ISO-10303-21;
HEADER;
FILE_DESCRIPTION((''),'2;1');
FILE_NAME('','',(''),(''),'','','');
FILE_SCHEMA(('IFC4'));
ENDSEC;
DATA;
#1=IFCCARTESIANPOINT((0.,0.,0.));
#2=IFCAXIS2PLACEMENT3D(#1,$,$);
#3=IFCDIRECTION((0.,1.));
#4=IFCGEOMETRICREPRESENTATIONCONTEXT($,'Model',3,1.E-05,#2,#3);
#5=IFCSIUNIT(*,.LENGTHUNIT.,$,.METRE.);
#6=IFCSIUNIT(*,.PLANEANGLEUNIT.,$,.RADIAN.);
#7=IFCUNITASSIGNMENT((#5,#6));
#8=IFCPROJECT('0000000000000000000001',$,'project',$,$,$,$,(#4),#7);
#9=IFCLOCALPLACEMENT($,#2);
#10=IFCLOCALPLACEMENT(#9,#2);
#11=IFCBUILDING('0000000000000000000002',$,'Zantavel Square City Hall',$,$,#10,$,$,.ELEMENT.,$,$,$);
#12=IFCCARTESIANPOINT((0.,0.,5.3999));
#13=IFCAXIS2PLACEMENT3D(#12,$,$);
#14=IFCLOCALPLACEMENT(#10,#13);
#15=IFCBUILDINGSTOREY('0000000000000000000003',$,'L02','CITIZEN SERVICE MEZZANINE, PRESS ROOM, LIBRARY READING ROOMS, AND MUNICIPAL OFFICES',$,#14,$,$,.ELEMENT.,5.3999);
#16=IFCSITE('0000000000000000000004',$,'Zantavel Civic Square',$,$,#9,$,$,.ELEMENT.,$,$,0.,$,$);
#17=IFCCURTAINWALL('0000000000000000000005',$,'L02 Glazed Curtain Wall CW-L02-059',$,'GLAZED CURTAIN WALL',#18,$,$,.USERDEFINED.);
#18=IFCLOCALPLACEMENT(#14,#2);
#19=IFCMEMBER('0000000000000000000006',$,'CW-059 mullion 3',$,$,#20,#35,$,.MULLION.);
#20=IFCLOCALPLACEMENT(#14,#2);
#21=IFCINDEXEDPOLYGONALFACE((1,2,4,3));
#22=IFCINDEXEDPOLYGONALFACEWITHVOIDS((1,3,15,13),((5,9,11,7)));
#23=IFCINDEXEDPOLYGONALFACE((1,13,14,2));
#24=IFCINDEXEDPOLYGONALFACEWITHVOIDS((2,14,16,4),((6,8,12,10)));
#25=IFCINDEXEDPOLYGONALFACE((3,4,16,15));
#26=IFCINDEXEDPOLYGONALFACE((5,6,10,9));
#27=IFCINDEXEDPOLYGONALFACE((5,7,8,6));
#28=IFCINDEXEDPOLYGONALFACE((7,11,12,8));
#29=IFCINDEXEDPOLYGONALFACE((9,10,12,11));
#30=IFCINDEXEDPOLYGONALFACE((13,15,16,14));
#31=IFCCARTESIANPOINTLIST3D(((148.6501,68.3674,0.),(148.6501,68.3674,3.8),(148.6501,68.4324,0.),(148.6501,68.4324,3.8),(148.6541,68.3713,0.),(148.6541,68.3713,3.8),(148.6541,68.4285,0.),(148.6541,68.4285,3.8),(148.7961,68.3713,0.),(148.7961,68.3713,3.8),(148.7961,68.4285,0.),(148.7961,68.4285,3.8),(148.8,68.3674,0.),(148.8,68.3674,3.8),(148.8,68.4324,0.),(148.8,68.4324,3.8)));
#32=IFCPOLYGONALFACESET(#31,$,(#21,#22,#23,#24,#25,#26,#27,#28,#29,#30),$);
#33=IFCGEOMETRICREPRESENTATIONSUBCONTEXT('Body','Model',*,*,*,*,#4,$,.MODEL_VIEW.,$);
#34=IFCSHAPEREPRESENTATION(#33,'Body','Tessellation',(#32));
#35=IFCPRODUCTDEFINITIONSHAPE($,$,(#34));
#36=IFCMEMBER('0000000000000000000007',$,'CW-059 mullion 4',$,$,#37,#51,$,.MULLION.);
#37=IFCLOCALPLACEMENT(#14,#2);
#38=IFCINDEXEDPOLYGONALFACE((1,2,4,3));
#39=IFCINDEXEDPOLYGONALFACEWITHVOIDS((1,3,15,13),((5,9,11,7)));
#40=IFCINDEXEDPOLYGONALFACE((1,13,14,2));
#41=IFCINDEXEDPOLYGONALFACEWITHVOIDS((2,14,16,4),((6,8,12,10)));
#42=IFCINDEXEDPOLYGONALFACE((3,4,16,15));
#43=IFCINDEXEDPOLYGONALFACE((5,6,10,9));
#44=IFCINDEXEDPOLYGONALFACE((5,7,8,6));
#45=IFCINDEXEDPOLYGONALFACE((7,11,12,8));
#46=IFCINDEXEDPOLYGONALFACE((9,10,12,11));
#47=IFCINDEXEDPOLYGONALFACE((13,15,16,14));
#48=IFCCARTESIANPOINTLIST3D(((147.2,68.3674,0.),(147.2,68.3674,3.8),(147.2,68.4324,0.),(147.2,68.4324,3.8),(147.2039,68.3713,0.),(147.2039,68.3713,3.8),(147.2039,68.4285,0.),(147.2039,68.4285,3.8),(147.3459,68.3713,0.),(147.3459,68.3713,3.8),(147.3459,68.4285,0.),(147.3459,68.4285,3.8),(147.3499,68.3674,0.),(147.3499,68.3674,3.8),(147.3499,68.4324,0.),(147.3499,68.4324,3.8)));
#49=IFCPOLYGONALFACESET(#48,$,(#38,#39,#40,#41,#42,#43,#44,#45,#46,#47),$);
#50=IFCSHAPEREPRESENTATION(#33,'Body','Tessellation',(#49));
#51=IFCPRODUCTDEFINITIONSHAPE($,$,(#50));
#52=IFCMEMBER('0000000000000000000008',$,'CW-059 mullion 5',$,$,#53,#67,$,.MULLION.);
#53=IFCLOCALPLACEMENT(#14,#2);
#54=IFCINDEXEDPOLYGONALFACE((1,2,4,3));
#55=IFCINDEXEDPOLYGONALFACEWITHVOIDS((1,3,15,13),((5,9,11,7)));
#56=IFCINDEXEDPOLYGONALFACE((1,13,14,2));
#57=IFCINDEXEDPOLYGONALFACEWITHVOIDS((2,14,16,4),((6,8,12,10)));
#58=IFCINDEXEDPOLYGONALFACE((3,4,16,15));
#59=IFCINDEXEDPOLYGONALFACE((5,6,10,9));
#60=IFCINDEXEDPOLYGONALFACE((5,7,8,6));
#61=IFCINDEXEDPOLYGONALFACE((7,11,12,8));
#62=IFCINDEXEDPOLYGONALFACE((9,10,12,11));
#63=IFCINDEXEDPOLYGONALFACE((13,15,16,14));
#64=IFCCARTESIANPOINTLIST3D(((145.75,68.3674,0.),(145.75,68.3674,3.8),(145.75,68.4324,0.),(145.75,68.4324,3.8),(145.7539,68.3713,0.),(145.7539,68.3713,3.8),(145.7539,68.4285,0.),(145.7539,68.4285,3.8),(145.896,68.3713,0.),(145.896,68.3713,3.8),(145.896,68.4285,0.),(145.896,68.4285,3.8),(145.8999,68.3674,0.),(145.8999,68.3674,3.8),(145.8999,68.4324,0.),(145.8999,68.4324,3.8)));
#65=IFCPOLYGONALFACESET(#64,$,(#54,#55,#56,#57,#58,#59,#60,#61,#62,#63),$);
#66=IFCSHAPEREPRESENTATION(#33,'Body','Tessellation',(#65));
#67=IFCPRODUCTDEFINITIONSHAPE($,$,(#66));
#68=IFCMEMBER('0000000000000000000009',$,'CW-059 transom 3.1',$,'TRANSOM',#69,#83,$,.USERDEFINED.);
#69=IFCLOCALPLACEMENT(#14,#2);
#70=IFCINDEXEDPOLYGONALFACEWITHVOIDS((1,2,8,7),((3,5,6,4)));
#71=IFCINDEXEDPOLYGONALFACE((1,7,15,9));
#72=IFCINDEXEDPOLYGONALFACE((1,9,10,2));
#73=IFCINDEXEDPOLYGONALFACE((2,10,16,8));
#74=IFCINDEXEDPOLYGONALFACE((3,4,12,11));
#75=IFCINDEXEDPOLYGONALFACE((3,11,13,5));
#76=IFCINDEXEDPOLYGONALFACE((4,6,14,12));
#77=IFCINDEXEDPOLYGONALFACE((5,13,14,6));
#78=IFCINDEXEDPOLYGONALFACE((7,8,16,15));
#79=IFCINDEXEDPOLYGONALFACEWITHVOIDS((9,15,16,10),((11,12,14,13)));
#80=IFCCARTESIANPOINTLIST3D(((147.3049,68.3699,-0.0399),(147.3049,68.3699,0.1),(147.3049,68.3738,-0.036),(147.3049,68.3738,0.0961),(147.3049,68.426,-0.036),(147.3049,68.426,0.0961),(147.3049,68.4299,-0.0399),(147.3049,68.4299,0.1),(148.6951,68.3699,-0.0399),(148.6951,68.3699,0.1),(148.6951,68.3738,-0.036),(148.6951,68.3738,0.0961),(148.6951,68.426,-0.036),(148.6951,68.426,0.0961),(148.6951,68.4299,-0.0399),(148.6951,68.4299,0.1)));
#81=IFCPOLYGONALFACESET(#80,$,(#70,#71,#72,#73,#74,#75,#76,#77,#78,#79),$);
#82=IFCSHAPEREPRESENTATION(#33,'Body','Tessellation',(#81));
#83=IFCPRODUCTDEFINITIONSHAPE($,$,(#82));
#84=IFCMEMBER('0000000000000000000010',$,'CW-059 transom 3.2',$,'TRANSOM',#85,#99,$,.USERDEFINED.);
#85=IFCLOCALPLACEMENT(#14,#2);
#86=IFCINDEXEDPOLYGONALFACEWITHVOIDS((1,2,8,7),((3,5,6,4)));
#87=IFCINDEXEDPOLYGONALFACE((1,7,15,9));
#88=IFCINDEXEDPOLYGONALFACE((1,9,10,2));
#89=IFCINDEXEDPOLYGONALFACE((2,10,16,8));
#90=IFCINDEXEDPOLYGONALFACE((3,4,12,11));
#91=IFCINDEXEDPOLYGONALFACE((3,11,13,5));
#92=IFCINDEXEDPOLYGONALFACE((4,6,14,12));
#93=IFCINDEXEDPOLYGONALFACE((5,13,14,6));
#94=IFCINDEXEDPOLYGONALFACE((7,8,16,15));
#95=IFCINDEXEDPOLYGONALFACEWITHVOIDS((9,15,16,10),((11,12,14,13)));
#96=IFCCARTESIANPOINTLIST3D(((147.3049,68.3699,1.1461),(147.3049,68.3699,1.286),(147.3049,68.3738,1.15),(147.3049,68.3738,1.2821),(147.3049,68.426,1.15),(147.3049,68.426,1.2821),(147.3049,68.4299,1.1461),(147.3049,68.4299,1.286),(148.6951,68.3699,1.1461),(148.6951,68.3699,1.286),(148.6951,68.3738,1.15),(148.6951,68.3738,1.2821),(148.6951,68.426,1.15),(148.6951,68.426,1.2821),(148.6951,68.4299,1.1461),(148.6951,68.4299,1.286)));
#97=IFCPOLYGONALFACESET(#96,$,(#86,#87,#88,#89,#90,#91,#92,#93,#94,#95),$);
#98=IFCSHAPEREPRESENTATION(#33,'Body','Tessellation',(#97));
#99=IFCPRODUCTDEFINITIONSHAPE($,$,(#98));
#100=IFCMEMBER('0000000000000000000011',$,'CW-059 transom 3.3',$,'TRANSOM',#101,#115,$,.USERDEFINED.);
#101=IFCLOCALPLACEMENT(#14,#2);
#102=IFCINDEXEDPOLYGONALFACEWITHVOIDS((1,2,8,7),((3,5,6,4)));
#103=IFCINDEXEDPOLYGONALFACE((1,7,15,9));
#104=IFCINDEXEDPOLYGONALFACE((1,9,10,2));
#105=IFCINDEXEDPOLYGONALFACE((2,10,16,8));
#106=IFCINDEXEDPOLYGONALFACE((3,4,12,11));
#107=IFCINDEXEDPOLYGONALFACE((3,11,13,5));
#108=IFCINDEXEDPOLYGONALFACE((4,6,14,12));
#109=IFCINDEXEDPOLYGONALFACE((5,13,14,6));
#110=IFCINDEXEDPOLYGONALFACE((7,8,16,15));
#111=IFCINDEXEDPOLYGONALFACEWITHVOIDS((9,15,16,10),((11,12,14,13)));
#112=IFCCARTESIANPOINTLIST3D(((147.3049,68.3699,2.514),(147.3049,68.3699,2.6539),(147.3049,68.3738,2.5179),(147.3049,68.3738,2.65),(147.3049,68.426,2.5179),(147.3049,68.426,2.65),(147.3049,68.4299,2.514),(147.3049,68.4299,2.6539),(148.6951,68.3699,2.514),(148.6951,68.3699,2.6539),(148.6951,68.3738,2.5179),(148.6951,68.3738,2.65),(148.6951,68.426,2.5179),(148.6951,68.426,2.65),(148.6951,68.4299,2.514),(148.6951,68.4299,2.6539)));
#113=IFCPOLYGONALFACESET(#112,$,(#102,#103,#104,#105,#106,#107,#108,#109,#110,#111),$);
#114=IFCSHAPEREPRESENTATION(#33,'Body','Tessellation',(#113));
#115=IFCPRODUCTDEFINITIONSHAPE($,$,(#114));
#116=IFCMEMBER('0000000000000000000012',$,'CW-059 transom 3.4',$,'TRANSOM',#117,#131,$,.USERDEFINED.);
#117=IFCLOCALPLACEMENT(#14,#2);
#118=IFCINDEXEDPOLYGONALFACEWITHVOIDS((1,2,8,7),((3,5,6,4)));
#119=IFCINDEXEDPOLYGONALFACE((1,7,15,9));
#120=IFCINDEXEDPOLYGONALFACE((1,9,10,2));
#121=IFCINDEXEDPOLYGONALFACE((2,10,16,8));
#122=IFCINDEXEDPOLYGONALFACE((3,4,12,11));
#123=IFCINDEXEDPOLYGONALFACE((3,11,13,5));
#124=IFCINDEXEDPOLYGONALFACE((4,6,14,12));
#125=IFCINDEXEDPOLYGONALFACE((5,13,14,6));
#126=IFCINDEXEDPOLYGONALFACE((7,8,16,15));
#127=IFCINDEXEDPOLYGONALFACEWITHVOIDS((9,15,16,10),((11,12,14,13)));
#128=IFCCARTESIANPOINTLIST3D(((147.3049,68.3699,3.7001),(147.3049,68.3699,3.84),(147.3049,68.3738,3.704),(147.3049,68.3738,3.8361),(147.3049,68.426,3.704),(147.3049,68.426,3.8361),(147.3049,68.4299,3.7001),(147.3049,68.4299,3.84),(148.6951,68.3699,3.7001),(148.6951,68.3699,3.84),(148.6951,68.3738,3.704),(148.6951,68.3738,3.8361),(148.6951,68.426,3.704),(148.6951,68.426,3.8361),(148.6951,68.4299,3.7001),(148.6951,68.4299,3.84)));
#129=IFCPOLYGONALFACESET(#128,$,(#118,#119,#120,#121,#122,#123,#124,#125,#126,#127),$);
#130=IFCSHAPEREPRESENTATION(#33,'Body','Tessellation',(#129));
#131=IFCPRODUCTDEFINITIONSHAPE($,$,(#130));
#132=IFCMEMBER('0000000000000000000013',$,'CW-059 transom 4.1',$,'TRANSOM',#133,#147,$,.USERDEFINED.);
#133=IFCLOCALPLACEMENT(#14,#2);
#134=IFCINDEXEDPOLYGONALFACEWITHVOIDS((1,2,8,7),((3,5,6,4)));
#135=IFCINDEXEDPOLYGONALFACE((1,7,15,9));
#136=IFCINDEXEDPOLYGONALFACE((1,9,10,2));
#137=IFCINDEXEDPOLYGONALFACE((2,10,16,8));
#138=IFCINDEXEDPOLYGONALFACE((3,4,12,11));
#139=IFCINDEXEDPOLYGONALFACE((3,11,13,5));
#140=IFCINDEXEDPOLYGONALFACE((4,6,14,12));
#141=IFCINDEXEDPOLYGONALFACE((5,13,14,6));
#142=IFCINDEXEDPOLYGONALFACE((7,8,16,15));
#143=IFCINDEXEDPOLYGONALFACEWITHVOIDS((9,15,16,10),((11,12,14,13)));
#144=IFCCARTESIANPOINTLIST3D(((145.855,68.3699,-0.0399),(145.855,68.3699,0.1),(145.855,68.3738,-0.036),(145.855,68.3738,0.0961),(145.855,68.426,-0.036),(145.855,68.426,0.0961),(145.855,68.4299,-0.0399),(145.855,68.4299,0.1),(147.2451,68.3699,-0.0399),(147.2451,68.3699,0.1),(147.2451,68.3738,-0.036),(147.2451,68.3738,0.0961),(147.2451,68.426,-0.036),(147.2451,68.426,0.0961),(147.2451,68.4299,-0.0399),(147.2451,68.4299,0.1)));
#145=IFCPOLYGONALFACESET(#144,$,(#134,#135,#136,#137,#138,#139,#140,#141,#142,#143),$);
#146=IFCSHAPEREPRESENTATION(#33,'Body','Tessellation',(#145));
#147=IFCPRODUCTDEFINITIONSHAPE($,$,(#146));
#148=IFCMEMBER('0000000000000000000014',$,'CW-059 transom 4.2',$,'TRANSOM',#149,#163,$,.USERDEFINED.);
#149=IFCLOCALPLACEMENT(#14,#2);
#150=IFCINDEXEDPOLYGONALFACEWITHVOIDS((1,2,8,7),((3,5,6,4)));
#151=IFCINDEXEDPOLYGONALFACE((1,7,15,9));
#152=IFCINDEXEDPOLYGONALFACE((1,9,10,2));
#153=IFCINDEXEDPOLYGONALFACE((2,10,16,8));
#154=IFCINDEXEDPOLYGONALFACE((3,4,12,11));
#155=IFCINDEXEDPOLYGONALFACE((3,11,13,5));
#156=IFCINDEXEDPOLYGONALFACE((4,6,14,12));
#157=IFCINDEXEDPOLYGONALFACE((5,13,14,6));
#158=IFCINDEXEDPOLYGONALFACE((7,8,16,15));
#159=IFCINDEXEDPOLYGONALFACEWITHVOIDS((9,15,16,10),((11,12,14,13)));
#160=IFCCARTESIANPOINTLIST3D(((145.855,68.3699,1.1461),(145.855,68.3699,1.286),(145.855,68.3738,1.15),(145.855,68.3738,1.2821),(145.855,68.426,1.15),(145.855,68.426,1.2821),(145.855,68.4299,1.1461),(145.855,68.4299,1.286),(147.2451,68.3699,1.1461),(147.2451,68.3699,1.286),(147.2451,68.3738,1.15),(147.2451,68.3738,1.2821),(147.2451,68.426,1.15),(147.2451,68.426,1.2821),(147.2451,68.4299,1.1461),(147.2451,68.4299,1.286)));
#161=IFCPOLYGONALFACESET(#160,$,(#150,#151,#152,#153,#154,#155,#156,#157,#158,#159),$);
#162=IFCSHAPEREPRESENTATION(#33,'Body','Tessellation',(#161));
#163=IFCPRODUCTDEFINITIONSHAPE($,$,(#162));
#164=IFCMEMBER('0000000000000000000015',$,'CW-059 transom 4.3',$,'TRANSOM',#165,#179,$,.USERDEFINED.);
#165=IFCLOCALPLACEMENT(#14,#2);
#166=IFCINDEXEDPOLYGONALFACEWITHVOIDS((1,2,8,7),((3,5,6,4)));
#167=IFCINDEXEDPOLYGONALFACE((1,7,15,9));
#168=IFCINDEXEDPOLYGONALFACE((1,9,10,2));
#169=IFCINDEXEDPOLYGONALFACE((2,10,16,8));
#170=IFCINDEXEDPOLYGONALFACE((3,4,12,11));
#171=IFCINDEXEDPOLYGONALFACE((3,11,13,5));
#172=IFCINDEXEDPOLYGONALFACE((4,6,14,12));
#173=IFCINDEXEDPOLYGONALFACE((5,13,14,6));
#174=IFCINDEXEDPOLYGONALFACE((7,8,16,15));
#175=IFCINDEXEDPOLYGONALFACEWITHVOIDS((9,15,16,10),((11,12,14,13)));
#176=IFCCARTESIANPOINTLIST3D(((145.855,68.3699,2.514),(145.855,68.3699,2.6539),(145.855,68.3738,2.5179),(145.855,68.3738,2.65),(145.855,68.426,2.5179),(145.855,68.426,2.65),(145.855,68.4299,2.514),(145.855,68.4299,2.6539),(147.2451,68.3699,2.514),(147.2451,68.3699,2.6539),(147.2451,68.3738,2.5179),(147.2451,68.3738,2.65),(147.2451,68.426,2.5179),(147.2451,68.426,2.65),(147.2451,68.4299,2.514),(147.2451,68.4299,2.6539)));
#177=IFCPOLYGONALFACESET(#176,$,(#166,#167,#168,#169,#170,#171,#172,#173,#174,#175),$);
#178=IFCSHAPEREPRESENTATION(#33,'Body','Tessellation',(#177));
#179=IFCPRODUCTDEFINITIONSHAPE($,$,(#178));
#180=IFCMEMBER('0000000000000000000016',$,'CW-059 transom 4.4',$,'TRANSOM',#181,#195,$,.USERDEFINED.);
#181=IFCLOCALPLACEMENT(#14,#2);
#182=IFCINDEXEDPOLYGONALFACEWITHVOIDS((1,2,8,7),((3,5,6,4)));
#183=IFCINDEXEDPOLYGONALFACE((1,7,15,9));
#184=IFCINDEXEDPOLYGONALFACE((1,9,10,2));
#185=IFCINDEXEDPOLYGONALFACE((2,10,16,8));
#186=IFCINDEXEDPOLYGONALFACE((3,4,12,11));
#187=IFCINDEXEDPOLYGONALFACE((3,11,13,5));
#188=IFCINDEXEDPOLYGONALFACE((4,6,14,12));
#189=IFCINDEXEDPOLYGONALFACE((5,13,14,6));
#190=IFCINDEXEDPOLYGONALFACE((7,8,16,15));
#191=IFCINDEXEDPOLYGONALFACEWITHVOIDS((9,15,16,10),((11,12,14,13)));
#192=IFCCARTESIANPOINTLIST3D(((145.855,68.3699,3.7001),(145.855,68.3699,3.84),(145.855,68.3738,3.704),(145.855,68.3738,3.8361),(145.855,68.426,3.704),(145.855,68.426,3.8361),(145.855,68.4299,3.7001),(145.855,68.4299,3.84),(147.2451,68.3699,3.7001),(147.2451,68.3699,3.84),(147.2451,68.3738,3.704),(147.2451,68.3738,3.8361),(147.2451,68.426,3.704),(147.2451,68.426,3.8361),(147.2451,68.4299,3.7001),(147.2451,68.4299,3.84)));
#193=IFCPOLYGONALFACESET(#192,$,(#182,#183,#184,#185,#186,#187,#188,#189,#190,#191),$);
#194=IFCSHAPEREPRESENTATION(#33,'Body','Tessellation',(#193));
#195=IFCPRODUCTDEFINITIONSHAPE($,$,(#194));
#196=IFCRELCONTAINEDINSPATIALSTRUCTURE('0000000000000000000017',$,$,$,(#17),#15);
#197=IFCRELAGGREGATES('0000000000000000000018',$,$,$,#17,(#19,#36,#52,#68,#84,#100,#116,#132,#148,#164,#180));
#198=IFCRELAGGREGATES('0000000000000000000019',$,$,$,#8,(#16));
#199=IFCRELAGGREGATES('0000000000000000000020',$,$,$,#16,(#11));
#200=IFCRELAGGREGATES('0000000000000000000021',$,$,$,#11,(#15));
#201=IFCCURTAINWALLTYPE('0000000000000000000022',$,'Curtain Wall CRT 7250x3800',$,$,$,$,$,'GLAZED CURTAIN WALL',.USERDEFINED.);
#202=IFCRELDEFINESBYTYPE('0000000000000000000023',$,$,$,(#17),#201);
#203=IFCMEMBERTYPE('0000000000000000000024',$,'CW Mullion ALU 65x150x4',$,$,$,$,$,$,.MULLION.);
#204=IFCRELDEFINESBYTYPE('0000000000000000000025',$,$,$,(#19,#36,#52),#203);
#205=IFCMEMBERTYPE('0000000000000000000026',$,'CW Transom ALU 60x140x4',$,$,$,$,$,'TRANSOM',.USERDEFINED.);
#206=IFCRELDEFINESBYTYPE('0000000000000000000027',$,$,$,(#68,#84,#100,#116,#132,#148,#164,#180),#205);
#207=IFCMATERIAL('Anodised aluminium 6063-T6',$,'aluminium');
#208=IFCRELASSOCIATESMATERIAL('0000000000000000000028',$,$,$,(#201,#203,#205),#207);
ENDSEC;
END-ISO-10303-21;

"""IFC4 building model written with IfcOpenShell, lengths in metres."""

from ifc_helpers import new_model, si_unit, direction, frame, origin, origin_2d, place, context, subcontext, project, spatial, hollow_rectangle, extrude, material, material_profile, profile_set, type_object, element, aggregate, save


model = new_model("IFC4")

# Units and contexts
model_context = context("Model", 3, precision=1e-05, world=origin(), true_north=direction((0.0, 1.0)))
body_context = subcontext(model_context, "Body", "Model", "MODEL_VIEW")
ifc_project = project(units=[si_unit("LENGTHUNIT", "METRE"), si_unit("PLANEANGLEUNIT", "RADIAN")], contexts=[model_context])

# Site, building, storey
site_placement = place(None, origin())
site = spatial("IfcSite", under=ifc_project, at=site_placement, Name="Zantavel Civic Square", CompositionType="ELEMENT", RefElevation=0.0)
building_placement = place(site_placement, origin())
building = spatial("IfcBuilding", under=site, at=building_placement, Name="Zantavel Square City Hall", CompositionType="ELEMENT")
storey_placement = place(building_placement, frame((0.0, 0.0, 5.3999)))
storey = spatial("IfcBuildingStorey", under=building, at=storey_placement, Name="L02", Description="CITIZEN SERVICE MEZZANINE, PRESS ROOM, LIBRARY READING ROOMS, AND MUNICIPAL OFFICES", CompositionType="ELEMENT", Elevation=5.3999)

# Curtain wall, members
ifc_material_1 = material(Name="Anodised aluminium 6063-T6", Category="aluminium")
curtain_wall_type = type_object("IfcCurtainWallType", Name="Curtain Wall CRT 7250x3800", ElementType="GLAZED CURTAIN WALL", PredefinedType="USERDEFINED", material=ifc_material_1)
curtain_wall_placement = place(storey_placement, origin())
curtain_wall = element("IfcCurtainWall", 1, at=curtain_wall_placement, inside=storey, type_object=curtain_wall_type, Name="L02 Glazed Curtain Wall CW-L02-059", ObjectType="GLAZED CURTAIN WALL", PredefinedType="USERDEFINED")
ifc_material_profile_1 = material_profile(ifc_material_1, hollow_rectangle(XDim=0.0649, YDim=0.1499, WallThickness=0.0039, at=origin_2d()), Name="ALU 65x150x4")
ifc_profile_set_1 = profile_set([ifc_material_profile_1], Name="Anodised aluminium 6063-T6")
member_type_1 = type_object("IfcMemberType", Name="CW Mullion ALU 65x150x4", PredefinedType="MULLION", material=ifc_profile_set_1)
member_1_placement = place(storey_placement, frame((148.7251, 68.3999, 0.0), z_axis=(0.0, 0.0, 1.0), x_axis=(0.0, -1.0, 0.0)))
member_1 = element("IfcMember", 2, at=member_1_placement, type_object=member_type_1, Name="CW-059 mullion 3", PredefinedType="MULLION", context=body_context, shape_type="SweptSolid", body=[
    extrude(hollow_rectangle(XDim=0.0649, YDim=0.1499, WallThickness=0.0039, at=origin_2d()), origin(), (0.0, 0.0, 1.0), 3.8),
])
member_2_placement = place(storey_placement, frame((147.2749, 68.3999, 0.0), z_axis=(0.0, 0.0, 1.0), x_axis=(0.0, -1.0, 0.0)))
member_2 = element("IfcMember", 3, at=member_2_placement, type_object=member_type_1, Name="CW-059 mullion 4", PredefinedType="MULLION", context=body_context, shape_type="SweptSolid", body=[
    extrude(hollow_rectangle(XDim=0.0649, YDim=0.1499, WallThickness=0.0039, at=origin_2d()), origin(), (0.0, 0.0, 1.0), 3.8),
])
member_3_placement = place(storey_placement, frame((145.825, 68.3999, 0.0), z_axis=(0.0, 0.0, 1.0), x_axis=(0.0, -1.0, 0.0)))
member_3 = element("IfcMember", 4, at=member_3_placement, type_object=member_type_1, Name="CW-059 mullion 5", PredefinedType="MULLION", context=body_context, shape_type="SweptSolid", body=[
    extrude(hollow_rectangle(XDim=0.0649, YDim=0.1499, WallThickness=0.0039, at=origin_2d()), origin(), (0.0, 0.0, 1.0), 3.8),
])
ifc_material_profile_2 = material_profile(ifc_material_1, hollow_rectangle(XDim=0.0601, YDim=0.1399, WallThickness=0.0039, at=origin_2d()), Name="ALU 60x140x4")
ifc_profile_set_2 = profile_set([ifc_material_profile_2], Name="Anodised aluminium 6063-T6")
member_type_2 = type_object("IfcMemberType", Name="CW Transom ALU 60x140x4", ElementType="TRANSOM", PredefinedType="USERDEFINED", material=ifc_profile_set_2)
member_4_placement = place(storey_placement, frame((148.6951, 68.3999, 0.03), z_axis=(-1.0, 0.0, 0.0), x_axis=(0.0, -1.0, 0.0)))
member_4 = element("IfcMember", 5, at=member_4_placement, type_object=member_type_2, Name="CW-059 transom 3.1", ObjectType="TRANSOM", PredefinedType="USERDEFINED", context=body_context, shape_type="SweptSolid", body=[
    extrude(hollow_rectangle(XDim=0.0601, YDim=0.1399, WallThickness=0.0039, at=origin_2d()), origin(), (0.0, 0.0, 1.0), 1.3901),
])
member_5_placement = place(storey_placement, frame((148.6951, 68.3999, 1.2161), z_axis=(-1.0, 0.0, 0.0), x_axis=(0.0, -1.0, 0.0)))
member_5 = element("IfcMember", 6, at=member_5_placement, type_object=member_type_2, Name="CW-059 transom 3.2", ObjectType="TRANSOM", PredefinedType="USERDEFINED", context=body_context, shape_type="SweptSolid", body=[
    extrude(hollow_rectangle(XDim=0.0601, YDim=0.1399, WallThickness=0.0039, at=origin_2d()), origin(), (0.0, 0.0, 1.0), 1.3901),
])
member_6_placement = place(storey_placement, frame((148.6951, 68.3999, 2.584), z_axis=(-1.0, 0.0, 0.0), x_axis=(0.0, -1.0, 0.0)))
member_6 = element("IfcMember", 7, at=member_6_placement, type_object=member_type_2, Name="CW-059 transom 3.3", ObjectType="TRANSOM", PredefinedType="USERDEFINED", context=body_context, shape_type="SweptSolid", body=[
    extrude(hollow_rectangle(XDim=0.0601, YDim=0.1399, WallThickness=0.0039, at=origin_2d()), origin(), (0.0, 0.0, 1.0), 1.3901),
])
member_7_placement = place(storey_placement, frame((148.6951, 68.3999, 3.77), z_axis=(-1.0, 0.0, 0.0), x_axis=(0.0, -1.0, 0.0)))
member_7 = element("IfcMember", 8, at=member_7_placement, type_object=member_type_2, Name="CW-059 transom 3.4", ObjectType="TRANSOM", PredefinedType="USERDEFINED", context=body_context, shape_type="SweptSolid", body=[
    extrude(hollow_rectangle(XDim=0.0601, YDim=0.1399, WallThickness=0.0039, at=origin_2d()), origin(), (0.0, 0.0, 1.0), 1.3901),
])
member_8_placement = place(storey_placement, frame((147.2451, 68.3999, 0.03), z_axis=(-1.0, 0.0, 0.0), x_axis=(0.0, -1.0, 0.0)))
member_8 = element("IfcMember", 9, at=member_8_placement, type_object=member_type_2, Name="CW-059 transom 4.1", ObjectType="TRANSOM", PredefinedType="USERDEFINED", context=body_context, shape_type="SweptSolid", body=[
    extrude(hollow_rectangle(XDim=0.0601, YDim=0.1399, WallThickness=0.0039, at=origin_2d()), origin(), (0.0, 0.0, 1.0), 1.3901),
])
member_9_placement = place(storey_placement, frame((147.2451, 68.3999, 1.2161), z_axis=(-1.0, 0.0, 0.0), x_axis=(0.0, -1.0, 0.0)))
member_9 = element("IfcMember", 10, at=member_9_placement, type_object=member_type_2, Name="CW-059 transom 4.2", ObjectType="TRANSOM", PredefinedType="USERDEFINED", context=body_context, shape_type="SweptSolid", body=[
    extrude(hollow_rectangle(XDim=0.0601, YDim=0.1399, WallThickness=0.0039, at=origin_2d()), origin(), (0.0, 0.0, 1.0), 1.3901),
])
member_10_placement = place(storey_placement, frame((147.2451, 68.3999, 2.584), z_axis=(-1.0, 0.0, 0.0), x_axis=(0.0, -1.0, 0.0)))
member_10 = element("IfcMember", 11, at=member_10_placement, type_object=member_type_2, Name="CW-059 transom 4.3", ObjectType="TRANSOM", PredefinedType="USERDEFINED", context=body_context, shape_type="SweptSolid", body=[
    extrude(hollow_rectangle(XDim=0.0601, YDim=0.1399, WallThickness=0.0039, at=origin_2d()), origin(), (0.0, 0.0, 1.0), 1.3901),
])
member_11_placement = place(storey_placement, frame((147.2451, 68.3999, 3.77), z_axis=(-1.0, 0.0, 0.0), x_axis=(0.0, -1.0, 0.0)))
member_11 = element("IfcMember", 12, at=member_11_placement, type_object=member_type_2, Name="CW-059 transom 4.4", ObjectType="TRANSOM", PredefinedType="USERDEFINED", context=body_context, shape_type="SweptSolid", body=[
    extrude(hollow_rectangle(XDim=0.0601, YDim=0.1399, WallThickness=0.0039, at=origin_2d()), origin(), (0.0, 0.0, 1.0), 1.3901),
])

aggregate(curtain_wall, [member_1, member_2, member_3, member_4, member_5, member_6, member_7, member_8, member_9, member_10, member_11])

save(model, "model.ifc")
